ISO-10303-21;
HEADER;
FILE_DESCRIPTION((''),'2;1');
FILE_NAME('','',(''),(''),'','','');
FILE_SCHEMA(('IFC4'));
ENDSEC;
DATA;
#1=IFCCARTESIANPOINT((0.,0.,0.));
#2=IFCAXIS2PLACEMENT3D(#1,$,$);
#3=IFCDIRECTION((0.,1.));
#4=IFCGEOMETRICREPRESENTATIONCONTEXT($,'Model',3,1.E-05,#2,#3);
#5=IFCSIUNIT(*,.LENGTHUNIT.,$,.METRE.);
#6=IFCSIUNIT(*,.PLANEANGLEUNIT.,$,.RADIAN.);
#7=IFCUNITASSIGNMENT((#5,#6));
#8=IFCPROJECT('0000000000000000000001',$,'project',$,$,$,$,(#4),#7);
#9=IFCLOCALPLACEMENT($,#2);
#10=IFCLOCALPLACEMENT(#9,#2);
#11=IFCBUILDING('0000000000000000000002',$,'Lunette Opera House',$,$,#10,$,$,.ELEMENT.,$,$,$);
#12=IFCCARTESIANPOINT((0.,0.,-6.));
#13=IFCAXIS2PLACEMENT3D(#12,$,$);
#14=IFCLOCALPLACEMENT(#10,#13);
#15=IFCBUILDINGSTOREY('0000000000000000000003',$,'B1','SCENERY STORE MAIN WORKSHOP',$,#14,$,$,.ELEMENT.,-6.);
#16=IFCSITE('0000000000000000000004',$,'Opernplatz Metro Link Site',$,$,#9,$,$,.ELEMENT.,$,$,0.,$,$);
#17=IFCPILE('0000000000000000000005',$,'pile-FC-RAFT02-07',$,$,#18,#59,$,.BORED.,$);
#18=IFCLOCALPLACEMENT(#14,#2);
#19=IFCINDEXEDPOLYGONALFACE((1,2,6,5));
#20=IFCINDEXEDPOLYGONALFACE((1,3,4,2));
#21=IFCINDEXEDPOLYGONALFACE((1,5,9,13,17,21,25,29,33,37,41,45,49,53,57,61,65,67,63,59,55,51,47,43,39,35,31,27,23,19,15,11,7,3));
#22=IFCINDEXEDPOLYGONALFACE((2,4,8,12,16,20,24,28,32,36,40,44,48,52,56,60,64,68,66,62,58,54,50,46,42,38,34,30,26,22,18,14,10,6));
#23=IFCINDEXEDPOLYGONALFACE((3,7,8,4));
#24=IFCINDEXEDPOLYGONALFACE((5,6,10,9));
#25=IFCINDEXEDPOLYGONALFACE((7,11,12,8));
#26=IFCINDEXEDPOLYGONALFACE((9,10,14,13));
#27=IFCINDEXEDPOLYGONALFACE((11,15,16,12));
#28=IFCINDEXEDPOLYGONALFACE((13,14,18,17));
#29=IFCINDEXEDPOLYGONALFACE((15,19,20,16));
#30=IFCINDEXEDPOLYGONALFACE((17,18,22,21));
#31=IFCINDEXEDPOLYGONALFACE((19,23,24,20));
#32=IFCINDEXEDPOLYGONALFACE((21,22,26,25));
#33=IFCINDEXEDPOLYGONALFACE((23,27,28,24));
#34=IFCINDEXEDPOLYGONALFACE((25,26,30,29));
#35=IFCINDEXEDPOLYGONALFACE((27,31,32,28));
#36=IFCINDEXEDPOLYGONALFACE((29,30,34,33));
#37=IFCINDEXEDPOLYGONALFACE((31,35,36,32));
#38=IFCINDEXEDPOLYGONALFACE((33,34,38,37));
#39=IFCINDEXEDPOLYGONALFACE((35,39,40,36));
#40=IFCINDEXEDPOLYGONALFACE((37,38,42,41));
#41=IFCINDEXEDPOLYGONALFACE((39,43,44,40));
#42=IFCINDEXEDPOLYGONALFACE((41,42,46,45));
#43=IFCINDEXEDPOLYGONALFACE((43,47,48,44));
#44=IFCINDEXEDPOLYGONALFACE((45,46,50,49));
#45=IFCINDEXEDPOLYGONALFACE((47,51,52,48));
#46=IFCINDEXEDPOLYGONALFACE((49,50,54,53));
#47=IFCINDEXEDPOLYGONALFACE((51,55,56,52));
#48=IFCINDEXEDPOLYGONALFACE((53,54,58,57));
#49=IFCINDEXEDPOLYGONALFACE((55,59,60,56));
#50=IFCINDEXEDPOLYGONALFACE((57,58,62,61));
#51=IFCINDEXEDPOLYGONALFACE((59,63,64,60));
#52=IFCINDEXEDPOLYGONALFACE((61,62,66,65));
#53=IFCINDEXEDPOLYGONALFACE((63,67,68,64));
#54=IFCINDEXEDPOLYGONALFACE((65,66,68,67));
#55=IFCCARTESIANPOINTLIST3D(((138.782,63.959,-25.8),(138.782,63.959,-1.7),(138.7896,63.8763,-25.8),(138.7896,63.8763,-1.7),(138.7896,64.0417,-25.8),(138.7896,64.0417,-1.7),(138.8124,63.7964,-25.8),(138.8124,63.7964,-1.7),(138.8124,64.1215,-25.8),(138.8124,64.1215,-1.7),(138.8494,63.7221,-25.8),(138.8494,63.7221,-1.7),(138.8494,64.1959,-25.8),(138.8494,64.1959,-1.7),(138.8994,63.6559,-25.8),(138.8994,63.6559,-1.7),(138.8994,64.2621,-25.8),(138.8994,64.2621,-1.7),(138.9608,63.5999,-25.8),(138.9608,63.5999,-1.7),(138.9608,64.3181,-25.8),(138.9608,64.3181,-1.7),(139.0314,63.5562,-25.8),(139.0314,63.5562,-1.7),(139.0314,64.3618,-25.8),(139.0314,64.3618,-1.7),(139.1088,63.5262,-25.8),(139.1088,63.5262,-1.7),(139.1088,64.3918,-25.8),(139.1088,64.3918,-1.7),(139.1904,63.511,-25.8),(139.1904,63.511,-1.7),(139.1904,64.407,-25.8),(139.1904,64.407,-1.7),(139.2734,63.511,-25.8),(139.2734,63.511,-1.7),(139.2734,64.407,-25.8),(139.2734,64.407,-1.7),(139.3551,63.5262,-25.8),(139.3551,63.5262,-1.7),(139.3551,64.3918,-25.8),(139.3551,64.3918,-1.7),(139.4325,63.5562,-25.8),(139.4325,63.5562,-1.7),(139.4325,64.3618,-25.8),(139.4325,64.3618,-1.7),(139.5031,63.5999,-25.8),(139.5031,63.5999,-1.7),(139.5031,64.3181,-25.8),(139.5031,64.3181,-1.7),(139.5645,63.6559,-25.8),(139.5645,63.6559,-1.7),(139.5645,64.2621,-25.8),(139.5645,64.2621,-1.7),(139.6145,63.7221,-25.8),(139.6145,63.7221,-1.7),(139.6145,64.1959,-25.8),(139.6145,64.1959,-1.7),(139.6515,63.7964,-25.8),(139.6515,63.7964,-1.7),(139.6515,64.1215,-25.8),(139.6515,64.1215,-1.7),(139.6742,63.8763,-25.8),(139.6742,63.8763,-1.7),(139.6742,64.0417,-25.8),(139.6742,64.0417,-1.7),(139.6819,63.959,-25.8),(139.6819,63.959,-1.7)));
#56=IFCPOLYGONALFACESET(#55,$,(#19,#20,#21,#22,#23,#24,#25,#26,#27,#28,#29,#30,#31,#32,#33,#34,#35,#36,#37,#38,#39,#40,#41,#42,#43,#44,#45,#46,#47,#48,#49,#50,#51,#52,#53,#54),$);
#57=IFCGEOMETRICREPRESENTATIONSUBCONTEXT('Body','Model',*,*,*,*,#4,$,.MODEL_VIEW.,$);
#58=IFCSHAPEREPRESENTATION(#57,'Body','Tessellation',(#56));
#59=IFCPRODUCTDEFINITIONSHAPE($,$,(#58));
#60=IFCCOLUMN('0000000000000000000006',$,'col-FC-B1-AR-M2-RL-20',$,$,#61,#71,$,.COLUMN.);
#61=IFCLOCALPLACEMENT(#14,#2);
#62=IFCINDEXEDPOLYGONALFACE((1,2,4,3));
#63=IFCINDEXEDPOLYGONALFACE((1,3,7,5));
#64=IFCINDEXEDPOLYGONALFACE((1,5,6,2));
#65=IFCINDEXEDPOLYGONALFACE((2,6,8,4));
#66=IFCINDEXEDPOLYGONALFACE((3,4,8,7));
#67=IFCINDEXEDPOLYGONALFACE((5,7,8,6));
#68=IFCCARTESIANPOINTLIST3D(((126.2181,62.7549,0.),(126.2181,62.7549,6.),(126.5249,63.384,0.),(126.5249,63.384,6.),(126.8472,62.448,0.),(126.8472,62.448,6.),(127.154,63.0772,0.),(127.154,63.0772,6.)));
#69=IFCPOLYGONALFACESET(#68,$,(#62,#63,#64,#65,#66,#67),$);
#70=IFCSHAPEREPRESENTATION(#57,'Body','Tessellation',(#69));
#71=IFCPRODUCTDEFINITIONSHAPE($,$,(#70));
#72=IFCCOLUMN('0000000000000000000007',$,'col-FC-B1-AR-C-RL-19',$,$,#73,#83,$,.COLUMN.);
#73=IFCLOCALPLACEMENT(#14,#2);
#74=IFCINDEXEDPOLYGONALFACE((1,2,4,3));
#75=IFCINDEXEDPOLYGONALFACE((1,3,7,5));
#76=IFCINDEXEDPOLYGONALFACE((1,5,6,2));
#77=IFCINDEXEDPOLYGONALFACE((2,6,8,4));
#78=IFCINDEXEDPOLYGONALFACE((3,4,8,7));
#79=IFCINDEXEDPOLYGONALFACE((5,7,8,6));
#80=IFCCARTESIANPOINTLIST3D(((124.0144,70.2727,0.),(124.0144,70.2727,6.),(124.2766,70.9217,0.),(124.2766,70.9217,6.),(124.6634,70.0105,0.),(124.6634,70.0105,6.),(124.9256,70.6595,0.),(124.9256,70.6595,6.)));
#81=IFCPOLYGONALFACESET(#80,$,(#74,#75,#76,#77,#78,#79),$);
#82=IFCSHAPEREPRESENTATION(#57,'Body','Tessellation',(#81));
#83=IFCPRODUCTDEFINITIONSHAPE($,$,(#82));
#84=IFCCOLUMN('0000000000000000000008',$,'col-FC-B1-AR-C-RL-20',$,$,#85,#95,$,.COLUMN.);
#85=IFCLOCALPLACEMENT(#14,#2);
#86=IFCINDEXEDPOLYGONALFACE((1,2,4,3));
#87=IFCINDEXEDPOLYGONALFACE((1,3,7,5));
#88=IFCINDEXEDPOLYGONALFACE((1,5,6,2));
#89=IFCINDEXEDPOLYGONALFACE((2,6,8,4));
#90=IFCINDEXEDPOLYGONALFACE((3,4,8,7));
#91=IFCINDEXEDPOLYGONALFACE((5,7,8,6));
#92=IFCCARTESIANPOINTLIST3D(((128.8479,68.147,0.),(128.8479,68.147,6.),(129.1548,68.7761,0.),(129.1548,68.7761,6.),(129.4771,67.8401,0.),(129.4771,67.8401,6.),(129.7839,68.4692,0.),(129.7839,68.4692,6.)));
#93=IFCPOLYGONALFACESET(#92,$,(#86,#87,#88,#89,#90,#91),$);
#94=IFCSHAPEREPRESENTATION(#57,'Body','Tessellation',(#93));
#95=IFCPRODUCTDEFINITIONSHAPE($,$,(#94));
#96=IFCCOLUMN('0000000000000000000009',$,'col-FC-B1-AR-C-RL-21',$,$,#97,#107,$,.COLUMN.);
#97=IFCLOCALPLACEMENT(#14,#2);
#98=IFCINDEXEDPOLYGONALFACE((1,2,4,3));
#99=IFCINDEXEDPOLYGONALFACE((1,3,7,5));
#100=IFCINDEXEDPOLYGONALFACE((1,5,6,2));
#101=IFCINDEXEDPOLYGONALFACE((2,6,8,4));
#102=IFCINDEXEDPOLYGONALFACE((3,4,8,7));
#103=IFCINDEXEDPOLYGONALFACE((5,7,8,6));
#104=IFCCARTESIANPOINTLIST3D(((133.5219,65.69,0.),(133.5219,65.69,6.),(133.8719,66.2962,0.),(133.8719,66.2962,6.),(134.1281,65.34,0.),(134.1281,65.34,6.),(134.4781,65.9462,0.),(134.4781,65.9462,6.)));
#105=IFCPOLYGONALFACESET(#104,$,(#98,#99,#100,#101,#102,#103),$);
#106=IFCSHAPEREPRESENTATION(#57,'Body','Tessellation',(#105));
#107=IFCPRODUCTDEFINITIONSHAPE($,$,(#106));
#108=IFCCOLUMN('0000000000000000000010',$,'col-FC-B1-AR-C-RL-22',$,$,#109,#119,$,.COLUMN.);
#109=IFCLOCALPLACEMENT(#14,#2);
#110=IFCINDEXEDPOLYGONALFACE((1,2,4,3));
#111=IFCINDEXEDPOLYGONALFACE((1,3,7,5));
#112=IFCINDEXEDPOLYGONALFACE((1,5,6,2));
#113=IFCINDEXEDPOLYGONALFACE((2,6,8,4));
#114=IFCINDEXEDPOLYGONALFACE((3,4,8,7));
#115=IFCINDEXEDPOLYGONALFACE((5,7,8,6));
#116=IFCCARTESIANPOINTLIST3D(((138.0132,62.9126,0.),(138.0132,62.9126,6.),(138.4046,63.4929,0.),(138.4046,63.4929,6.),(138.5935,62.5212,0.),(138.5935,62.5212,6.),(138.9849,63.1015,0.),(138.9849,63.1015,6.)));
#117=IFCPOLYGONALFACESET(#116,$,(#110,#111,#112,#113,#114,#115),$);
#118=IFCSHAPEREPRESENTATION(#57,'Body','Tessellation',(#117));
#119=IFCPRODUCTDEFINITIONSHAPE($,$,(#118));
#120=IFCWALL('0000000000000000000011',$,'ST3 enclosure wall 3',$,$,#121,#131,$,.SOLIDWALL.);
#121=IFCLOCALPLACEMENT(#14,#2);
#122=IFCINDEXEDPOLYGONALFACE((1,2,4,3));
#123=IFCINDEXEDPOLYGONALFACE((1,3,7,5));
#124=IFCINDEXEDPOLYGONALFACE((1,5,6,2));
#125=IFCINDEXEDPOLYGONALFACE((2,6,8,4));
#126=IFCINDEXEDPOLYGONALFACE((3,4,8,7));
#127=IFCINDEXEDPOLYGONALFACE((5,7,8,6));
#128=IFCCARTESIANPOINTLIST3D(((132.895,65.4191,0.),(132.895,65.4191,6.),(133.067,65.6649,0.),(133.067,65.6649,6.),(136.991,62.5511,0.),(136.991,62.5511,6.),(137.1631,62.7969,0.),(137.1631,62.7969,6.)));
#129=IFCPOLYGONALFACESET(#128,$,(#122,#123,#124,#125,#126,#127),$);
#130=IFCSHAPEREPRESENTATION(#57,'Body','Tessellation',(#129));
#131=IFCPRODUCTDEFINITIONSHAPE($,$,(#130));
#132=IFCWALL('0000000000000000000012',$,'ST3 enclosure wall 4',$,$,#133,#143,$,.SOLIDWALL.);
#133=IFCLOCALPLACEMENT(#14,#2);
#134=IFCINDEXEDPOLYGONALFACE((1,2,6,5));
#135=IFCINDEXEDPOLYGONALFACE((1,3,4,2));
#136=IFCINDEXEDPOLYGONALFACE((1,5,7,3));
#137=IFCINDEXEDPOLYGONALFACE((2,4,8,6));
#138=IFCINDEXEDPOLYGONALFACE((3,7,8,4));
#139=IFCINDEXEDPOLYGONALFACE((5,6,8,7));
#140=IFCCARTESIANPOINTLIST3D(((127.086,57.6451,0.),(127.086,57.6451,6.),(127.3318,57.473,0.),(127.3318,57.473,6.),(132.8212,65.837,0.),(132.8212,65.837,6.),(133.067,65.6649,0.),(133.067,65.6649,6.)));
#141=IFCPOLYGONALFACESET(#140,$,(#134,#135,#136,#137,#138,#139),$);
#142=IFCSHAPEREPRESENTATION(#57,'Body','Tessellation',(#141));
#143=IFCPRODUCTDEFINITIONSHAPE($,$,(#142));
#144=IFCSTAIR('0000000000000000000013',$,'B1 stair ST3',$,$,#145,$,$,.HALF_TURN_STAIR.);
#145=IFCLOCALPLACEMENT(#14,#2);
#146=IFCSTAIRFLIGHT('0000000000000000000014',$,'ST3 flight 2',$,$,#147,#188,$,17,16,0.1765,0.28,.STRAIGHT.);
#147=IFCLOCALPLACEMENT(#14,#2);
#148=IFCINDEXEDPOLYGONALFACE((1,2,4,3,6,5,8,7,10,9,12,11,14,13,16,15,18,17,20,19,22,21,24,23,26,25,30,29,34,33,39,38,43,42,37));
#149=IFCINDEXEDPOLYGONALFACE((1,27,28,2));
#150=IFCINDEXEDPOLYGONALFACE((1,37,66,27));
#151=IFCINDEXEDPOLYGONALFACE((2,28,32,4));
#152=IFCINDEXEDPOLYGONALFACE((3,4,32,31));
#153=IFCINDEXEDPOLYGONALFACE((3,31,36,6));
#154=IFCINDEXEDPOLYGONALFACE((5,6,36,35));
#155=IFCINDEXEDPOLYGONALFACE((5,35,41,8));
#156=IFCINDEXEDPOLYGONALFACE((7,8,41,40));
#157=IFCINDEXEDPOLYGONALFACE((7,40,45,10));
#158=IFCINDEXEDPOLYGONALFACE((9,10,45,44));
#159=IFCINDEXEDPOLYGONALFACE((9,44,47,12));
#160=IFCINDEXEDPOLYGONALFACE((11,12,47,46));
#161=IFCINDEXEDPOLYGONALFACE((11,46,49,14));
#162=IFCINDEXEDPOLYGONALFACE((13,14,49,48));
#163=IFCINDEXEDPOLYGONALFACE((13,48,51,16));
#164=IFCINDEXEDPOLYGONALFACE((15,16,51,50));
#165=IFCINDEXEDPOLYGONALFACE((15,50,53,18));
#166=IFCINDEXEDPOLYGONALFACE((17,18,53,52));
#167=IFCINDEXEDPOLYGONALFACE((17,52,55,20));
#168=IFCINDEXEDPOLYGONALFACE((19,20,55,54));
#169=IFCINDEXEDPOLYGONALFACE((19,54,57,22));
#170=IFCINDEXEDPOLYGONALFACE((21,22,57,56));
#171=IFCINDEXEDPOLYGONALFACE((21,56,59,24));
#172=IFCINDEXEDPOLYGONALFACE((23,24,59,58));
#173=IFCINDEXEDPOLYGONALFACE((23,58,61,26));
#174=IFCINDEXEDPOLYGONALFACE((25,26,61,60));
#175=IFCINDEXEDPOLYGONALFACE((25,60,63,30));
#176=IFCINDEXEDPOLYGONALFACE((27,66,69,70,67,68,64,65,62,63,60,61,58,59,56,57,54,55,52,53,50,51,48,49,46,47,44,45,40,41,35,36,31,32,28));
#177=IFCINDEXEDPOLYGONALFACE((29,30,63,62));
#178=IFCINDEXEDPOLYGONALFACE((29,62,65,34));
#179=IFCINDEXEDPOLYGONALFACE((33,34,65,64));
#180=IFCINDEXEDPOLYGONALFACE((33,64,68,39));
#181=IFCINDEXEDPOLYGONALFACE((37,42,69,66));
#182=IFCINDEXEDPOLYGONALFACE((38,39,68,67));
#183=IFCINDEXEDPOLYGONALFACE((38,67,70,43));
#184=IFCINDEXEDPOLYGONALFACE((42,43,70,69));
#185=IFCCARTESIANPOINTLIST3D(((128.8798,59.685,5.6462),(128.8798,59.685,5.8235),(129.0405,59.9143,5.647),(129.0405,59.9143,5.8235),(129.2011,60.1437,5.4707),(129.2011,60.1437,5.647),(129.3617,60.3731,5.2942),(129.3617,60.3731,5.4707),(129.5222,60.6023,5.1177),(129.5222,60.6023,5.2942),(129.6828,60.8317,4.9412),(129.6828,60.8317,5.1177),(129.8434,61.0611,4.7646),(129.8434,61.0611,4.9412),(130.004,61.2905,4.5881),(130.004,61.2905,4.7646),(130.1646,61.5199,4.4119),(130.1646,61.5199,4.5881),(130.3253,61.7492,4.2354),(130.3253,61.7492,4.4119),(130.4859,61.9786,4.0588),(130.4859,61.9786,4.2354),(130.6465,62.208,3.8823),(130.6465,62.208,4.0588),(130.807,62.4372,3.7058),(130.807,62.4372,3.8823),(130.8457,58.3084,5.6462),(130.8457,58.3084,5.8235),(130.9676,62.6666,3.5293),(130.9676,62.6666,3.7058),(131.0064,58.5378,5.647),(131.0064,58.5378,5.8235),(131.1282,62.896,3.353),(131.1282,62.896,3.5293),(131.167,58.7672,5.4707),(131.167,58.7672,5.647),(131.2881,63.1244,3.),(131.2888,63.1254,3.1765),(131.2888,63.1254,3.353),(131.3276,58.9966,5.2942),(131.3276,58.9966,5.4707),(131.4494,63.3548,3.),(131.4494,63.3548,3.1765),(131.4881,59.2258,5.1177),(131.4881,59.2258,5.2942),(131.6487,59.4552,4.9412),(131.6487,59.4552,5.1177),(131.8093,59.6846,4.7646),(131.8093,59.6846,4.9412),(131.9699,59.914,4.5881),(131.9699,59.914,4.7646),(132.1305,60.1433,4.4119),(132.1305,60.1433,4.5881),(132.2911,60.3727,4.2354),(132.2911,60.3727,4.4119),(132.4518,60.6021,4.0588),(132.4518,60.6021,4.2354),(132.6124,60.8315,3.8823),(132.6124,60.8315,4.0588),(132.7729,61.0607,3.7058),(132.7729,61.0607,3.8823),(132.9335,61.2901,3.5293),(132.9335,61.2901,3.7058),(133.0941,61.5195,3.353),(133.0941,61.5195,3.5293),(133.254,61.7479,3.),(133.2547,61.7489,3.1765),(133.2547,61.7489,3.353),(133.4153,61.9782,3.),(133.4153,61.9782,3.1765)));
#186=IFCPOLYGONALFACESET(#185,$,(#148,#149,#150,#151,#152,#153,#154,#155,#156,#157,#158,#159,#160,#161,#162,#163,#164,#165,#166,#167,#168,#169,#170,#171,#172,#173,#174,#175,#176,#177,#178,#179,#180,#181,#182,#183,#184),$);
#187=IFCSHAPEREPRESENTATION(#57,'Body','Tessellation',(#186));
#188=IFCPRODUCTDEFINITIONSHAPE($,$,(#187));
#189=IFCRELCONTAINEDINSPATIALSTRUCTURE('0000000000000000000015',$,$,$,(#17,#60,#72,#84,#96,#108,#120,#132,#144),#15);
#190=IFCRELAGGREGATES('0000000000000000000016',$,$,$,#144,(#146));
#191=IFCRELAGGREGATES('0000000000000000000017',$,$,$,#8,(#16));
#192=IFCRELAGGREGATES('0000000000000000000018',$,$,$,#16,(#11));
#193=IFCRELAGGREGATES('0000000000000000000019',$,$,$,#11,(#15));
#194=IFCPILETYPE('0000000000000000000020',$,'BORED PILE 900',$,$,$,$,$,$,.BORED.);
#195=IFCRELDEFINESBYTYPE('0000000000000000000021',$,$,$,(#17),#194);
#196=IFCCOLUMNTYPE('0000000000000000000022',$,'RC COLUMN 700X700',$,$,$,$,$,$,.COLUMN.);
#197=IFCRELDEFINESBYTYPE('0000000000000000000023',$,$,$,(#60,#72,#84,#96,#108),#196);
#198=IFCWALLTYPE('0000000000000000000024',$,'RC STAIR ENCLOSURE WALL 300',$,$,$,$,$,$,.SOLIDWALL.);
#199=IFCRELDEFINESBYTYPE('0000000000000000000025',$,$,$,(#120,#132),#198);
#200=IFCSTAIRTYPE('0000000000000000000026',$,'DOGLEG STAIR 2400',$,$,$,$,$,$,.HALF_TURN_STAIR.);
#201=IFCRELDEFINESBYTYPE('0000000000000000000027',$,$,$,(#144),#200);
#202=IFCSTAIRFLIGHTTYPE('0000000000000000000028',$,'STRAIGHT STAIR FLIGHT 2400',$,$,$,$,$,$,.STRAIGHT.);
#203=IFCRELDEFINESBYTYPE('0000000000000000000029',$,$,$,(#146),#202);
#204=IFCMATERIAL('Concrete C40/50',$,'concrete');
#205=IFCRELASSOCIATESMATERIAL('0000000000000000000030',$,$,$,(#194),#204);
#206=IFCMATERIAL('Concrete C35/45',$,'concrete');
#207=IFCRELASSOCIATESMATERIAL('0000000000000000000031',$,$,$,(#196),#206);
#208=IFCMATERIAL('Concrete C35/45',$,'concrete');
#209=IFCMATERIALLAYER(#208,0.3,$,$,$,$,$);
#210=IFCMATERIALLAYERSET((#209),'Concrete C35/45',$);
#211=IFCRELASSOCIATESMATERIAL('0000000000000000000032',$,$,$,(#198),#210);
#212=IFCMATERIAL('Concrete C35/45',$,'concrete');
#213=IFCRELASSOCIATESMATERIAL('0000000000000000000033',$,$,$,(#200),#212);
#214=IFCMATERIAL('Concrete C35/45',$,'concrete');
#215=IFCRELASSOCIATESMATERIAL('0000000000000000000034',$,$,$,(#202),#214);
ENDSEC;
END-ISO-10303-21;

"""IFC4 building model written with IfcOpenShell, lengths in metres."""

from ifc_helpers import new_model, si_unit, direction, frame, frame_2d, origin, origin_2d, place, context, subcontext, project, spatial, polyline, rectangle, circle, outline, extrude, material, layer, layer_set, material_profile, profile_set, type_object, element, aggregate, save


model = new_model("IFC4")

# Units and contexts
model_context = context("Model", 3, precision=1e-05, world=origin(), true_north=direction((0.0, 1.0)))
body_context = subcontext(model_context, "Body", "Model", "MODEL_VIEW")
ifc_project = project(units=[si_unit("LENGTHUNIT", "METRE"), si_unit("PLANEANGLEUNIT", "RADIAN")], contexts=[model_context])

# Site, building, storey
site_placement = place(None, origin())
site = spatial("IfcSite", under=ifc_project, at=site_placement, Name="Opernplatz Metro Link Site", CompositionType="ELEMENT", RefElevation=0.0)
building_placement = place(site_placement, origin())
building = spatial("IfcBuilding", under=site, at=building_placement, Name="Lunette Opera House", CompositionType="ELEMENT")
storey_placement = place(building_placement, frame((0.0, 0.0, -6.0)))
storey = spatial("IfcBuildingStorey", under=building, at=storey_placement, Name="B1", Description="SCENERY STORE MAIN WORKSHOP", CompositionType="ELEMENT", Elevation=-6.0)

# Pile
ifc_material_1 = material(Name="Concrete C40/50", Category="concrete")
ifc_material_profile_1 = material_profile(ifc_material_1, circle(Radius=0.45, at=origin_2d()), Name="BORED PILE 900")
ifc_profile_set_1 = profile_set([ifc_material_profile_1], Name="Concrete C40/50")
pile_type = type_object("IfcPileType", Name="BORED PILE 900", PredefinedType="BORED", material=ifc_profile_set_1)
for number, where, z_axis, x_axis, name in (
    (1, (139.2319, 63.959, -1.7), (0.0, 0.0, -1.0), (1.0, 0.0, 0.0), "pile-FC-RAFT02-07"),
):
    element("IfcPile", number, at=place(storey_placement, frame(where, z_axis=z_axis, x_axis=x_axis)), inside=storey, type_object=pile_type, Name=name, PredefinedType="BORED", context=body_context, shape_type="SweptSolid", body=[
        extrude(circle(Radius=0.45, at=origin_2d()), origin(), (0.0, 0.0, 1.0), 24.1001),
    ])

# Columns
ifc_material_2 = material(Name="Concrete C35/45", Category="concrete")
ifc_material_profile_2 = material_profile(ifc_material_2, rectangle(XDim=0.7, YDim=0.7, at=origin_2d()), Name="RC COLUMN 700X700")
ifc_profile_set_2 = profile_set([ifc_material_profile_2], Name="Concrete C35/45")
column_type = type_object("IfcColumnType", Name="RC COLUMN 700X700", PredefinedType="COLUMN", material=ifc_profile_set_2)
for number, where, z_axis, x_axis, name in (
    (2, (126.686, 62.916, 0.0), (0.0, 0.0, 1.0), (0.898794, -0.438371, 0.0), "col-FC-B1-AR-M2-RL-20"),
    (3, (124.47, 70.4661, 0.0), (0.0, 0.0, 1.0), (0.927184, -0.374607, 0.0), "col-FC-B1-AR-C-RL-19"),
    (4, (129.3159, 68.3081, 0.0), (0.0, 0.0, 1.0), (0.898794, -0.438371, 0.0), "col-FC-B1-AR-C-RL-20"),
    (5, (134.0, 65.8181, 0.0), (0.0, 0.0, 1.0), (0.866025, -0.5, 0.0), "col-FC-B1-AR-C-RL-21"),
    (6, (138.499, 63.0071, 0.0), (0.0, 0.0, 1.0), (0.829038, -0.559193, 0.0), "col-FC-B1-AR-C-RL-22"),
):
    element("IfcColumn", number, at=place(storey_placement, frame(where, z_axis=z_axis, x_axis=x_axis)), inside=storey, type_object=column_type, Name=name, PredefinedType="COLUMN", context=body_context, shape_type="SweptSolid", body=[
        extrude(rectangle(XDim=0.7, YDim=0.7, at=origin_2d()), origin(), (0.0, 0.0, 1.0), 6.0),
    ])

# Walls
ifc_material_3 = material(Name="Concrete C35/45", Category="concrete")
ifc_layer = layer(ifc_material_3, 0.3)
ifc_layer_set = layer_set([ifc_layer], Name="Concrete C35/45")
wall_type = type_object("IfcWallType", Name="RC STAIR ENCLOSURE WALL 300", PredefinedType="SOLIDWALL", material=ifc_layer_set)
wall_1_placement = place(storey_placement, frame((137.0769, 62.6741, 0.0), z_axis=(0.0, 0.0, 1.0), x_axis=(-0.819161, 0.573564, 0.0)))
element("IfcWall", 7, at=wall_1_placement, inside=storey, type_object=wall_type, Name="ST3 enclosure wall 3", PredefinedType="SOLIDWALL", context=body_context, shape_type="SweptSolid", body=[
    extrude(rectangle(XDim=5.0002, YDim=0.3, at=frame_2d((2.5, 0.0))), origin(), (0.0, 0.0, 1.0), 6.0),
])
wall_2_placement = place(storey_placement, frame((132.9441, 65.751, 0.0), z_axis=(0.0, 0.0, 1.0), x_axis=(-0.573515, -0.819195, 0.0)))
element("IfcWall", 8, at=wall_2_placement, inside=storey, type_object=wall_type, Name="ST3 enclosure wall 4", PredefinedType="SOLIDWALL", context=body_context, shape_type="SweptSolid", body=[
    extrude(rectangle(XDim=10.0, YDim=0.3, at=frame_2d((5.0, 0.0))), origin(), (0.0, 0.0, 1.0), 6.0),
])

# Stair, stair flight
ifc_material_4 = material(Name="Concrete C35/45", Category="concrete")
stair_type = type_object("IfcStairType", Name="DOGLEG STAIR 2400", PredefinedType="HALF_TURN_STAIR", material=ifc_material_4)
stair_placement = place(storey_placement, origin())
stair = element("IfcStair", 9, at=stair_placement, inside=storey, type_object=stair_type, Name="B1 stair ST3", PredefinedType="HALF_TURN_STAIR")
ifc_material_5 = material(Name="Concrete C35/45", Category="concrete")
stair_flight_type = type_object("IfcStairFlightType", Name="STRAIGHT STAIR FLIGHT 2400", PredefinedType="STRAIGHT", material=ifc_material_5)
stair_flight_placement = place(storey_placement, frame((132.4324, 62.6665, 3.0), z_axis=(0.0, 0.0, 1.0), x_axis=(-0.57357, -0.819157, 0.0)))
stair_flight = element("IfcStairFlight", 10, at=stair_flight_placement, type_object=stair_flight_type, Name="ST3 flight 2", NumberOfRisers=17, NumberOfTreads=16, PredefinedType="STRAIGHT", RiserHeight=0.1765, TreadLength=0.28, context=body_context, shape_type="SweptSolid", body=[
    extrude(outline(polyline([(0.0, 0.0), (0.0, 0.1765), (0.28, 0.1765), (0.28, 0.353), (0.5601, 0.353), (0.5601, 0.5293), (0.8401, 0.5293), (0.8401, 0.7058), (1.1201, 0.7058), (1.1201, 0.8823), (1.3999, 0.8823), (1.3999, 1.0588), (1.6799, 1.0588), (1.6799, 1.2354), (1.96, 1.2354), (1.96, 1.4119), (2.24, 1.4119), (2.24, 1.5881), (2.52, 1.5881), (2.52, 1.7646), (2.8, 1.7646), (2.8, 1.9412), (3.0801, 1.9412), (3.0801, 2.1177), (3.3601, 2.1177), (3.3601, 2.2942), (3.6399, 2.2942), (3.6399, 2.4707), (3.9199, 2.4707), (3.9199, 2.647), (4.2, 2.647), (4.2, 2.8235), (4.48, 2.8235), (4.48, 3.0), (4.48, 2.6462), (0.2812, 0.0), (0.0, 0.0)])), frame((0.0, 1.2, 0.0), z_axis=(0.0, -1.0, 0.0), x_axis=(1.0, 0.0, 0.0)), (0.0, 0.0, 1.0), 2.3999),
])
aggregate(stair, [stair_flight])

save(model, "model.ifc")
